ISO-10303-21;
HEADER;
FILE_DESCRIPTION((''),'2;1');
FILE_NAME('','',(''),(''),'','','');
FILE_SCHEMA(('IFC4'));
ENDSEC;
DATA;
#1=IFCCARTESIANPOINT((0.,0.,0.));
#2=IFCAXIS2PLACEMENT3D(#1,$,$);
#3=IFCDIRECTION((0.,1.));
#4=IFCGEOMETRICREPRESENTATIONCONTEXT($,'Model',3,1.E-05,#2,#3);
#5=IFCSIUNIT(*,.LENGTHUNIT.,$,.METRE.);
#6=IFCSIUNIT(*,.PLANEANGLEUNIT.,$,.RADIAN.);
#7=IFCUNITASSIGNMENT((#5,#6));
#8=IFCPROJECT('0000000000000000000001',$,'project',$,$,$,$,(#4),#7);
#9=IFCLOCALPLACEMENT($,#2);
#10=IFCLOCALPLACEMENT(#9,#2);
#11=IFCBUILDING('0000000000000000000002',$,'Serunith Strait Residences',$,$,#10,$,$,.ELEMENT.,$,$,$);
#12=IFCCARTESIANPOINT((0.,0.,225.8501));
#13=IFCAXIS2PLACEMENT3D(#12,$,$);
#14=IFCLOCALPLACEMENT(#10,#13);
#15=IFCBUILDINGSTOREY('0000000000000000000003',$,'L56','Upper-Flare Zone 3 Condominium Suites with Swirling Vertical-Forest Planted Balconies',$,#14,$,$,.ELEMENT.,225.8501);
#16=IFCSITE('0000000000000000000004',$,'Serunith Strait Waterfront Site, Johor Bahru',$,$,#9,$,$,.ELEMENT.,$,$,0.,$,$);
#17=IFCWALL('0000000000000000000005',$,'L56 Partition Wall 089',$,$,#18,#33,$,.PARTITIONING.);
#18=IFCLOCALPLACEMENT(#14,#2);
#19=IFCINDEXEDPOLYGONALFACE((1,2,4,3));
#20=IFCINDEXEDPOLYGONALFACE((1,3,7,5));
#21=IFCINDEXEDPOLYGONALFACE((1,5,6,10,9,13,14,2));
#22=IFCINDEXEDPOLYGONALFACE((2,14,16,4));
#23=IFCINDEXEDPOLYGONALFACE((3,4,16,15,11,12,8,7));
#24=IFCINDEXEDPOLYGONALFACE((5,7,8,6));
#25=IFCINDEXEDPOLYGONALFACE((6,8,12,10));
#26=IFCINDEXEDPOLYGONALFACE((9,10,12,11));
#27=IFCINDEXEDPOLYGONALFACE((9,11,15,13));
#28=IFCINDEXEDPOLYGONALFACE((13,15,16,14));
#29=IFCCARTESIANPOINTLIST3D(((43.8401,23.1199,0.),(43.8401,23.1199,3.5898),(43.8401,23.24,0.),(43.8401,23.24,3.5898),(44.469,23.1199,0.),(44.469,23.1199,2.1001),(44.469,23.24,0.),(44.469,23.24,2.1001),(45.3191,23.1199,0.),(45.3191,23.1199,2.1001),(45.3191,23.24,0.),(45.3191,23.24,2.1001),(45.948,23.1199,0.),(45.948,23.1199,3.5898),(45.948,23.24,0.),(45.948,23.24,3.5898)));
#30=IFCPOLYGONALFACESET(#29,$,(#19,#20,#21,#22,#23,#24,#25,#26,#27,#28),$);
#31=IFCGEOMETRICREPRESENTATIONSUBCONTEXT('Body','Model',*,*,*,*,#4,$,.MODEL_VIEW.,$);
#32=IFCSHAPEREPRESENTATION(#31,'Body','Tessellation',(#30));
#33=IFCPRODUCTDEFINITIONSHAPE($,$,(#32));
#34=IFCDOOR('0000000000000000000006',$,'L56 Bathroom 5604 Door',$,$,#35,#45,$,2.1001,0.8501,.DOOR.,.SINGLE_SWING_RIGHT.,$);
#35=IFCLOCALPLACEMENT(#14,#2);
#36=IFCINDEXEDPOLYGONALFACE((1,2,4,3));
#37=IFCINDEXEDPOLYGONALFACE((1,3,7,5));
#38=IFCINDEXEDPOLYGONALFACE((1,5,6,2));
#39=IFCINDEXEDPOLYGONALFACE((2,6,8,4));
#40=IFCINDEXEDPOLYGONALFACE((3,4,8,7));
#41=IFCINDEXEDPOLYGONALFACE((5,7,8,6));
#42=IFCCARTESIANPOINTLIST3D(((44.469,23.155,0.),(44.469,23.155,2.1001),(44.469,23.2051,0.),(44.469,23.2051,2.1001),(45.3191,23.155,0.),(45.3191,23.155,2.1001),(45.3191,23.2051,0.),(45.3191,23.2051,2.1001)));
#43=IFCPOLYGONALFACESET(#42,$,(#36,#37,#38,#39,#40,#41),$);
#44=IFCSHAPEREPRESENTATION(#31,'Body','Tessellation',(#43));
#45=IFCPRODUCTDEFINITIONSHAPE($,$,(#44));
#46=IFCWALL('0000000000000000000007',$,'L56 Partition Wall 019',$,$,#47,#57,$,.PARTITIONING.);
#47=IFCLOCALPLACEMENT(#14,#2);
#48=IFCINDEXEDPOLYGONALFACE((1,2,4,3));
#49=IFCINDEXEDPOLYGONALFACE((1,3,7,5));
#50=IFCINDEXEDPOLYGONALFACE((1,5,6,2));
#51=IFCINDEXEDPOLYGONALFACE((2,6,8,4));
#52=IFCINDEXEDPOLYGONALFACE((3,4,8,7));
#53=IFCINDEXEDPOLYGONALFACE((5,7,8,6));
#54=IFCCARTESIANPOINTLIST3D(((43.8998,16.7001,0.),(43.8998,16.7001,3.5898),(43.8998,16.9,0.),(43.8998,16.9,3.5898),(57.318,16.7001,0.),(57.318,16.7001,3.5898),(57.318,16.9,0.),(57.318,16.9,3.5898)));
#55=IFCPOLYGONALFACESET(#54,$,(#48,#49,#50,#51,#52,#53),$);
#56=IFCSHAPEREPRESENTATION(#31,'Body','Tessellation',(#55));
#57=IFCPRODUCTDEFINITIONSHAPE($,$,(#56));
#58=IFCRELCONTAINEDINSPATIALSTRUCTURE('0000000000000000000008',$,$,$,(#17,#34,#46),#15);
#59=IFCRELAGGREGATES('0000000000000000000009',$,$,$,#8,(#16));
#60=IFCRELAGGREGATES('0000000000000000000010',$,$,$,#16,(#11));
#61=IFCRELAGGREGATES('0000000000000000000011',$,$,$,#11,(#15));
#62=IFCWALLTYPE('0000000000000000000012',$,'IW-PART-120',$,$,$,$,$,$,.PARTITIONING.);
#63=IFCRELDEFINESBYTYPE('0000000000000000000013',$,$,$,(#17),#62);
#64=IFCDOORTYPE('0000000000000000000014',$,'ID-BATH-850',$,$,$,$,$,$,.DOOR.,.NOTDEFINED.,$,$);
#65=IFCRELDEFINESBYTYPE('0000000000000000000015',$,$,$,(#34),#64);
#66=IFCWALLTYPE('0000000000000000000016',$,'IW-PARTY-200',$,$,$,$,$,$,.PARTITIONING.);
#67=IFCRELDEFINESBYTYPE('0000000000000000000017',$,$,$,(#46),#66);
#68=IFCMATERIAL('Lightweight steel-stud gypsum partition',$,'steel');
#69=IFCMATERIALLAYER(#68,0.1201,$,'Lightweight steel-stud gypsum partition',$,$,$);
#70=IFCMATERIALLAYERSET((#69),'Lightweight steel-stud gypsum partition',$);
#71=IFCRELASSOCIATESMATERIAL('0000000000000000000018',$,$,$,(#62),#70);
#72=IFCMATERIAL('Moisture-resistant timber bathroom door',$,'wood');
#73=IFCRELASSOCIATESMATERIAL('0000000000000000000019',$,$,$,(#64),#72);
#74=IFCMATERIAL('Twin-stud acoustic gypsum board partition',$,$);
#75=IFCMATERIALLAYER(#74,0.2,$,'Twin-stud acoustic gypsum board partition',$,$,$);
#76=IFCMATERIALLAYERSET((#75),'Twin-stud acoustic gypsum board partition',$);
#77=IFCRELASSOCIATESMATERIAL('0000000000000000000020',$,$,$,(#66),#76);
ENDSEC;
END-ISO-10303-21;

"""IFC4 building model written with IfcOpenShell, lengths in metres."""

from ifc_helpers import new_model, si_unit, direction, frame, frame_2d, origin, place, context, subcontext, project, spatial, rectangle, extrude, source, transform, mapped, material, layer, layer_set, type_object, element, fill, save


model = new_model("IFC4")

# Units and contexts
model_context = context("Model", 3, precision=1e-05, world=origin(), true_north=direction((0.0, 1.0)))
body_context = subcontext(model_context, "Body", "Model", "MODEL_VIEW")
ifc_project = project(units=[si_unit("LENGTHUNIT", "METRE"), si_unit("PLANEANGLEUNIT", "RADIAN")], contexts=[model_context])

# Site, building, storey
site_placement = place(None, origin())
site = spatial("IfcSite", under=ifc_project, at=site_placement, Name="Serunith Strait Waterfront Site, Johor Bahru", CompositionType="ELEMENT", RefElevation=0.0)
building_placement = place(site_placement, origin())
building = spatial("IfcBuilding", under=site, at=building_placement, Name="Serunith Strait Residences", CompositionType="ELEMENT")
storey_placement = place(building_placement, frame((0.0, 0.0, 225.8501)))
storey = spatial("IfcBuildingStorey", under=building, at=storey_placement, Name="L56", Description="Upper-Flare Zone 3 Condominium Suites with Swirling Vertical-Forest Planted Balconies", CompositionType="ELEMENT", Elevation=225.8501)

# Shared definitions
ifc_material_1 = material(Name="Lightweight steel-stud gypsum partition", Category="steel")
ifc_layer_1 = layer(ifc_material_1, 0.1201, Name="Lightweight steel-stud gypsum partition")
ifc_layer_set_1 = layer_set([ifc_layer_1], Name="Lightweight steel-stud gypsum partition")
wall_type_1 = type_object("IfcWallType", Name="IW-PART-120", PredefinedType="PARTITIONING", material=ifc_layer_set_1)
shared_shape_1 = source(origin(), body_context, "Body", "SweptSolid", [
    extrude(rectangle(XDim=0.8501, YDim=2.1001, at=frame_2d((0.425, 1.05))), frame((0.0, 0.0249, 0.0), z_axis=(0.0, -1.0, 0.0), x_axis=(1.0, 0.0, 0.0)), (0.0, 0.0, 1.0), 0.05),
])

# Wall, opening, door
wall_1_placement = place(storey_placement, frame((45.948, 23.1799, 0.0), z_axis=(0.0, 0.0, 1.0), x_axis=(-1.0, 0.0, 0.0)))
wall_1 = element("IfcWall", 1, at=wall_1_placement, inside=storey, type_object=wall_type_1, Name="L56 Partition Wall 089", PredefinedType="PARTITIONING", context=body_context, shape_type="SweptSolid", body=[
    extrude(rectangle(XDim=2.1079, YDim=0.1201, at=frame_2d((1.054, 0.0))), origin(), (0.0, 0.0, 1.0), 3.5898),
])
opening_1_placement = place(wall_1_placement, frame((0.6289, 0.0, 0.0)))
opening_1 = element("IfcOpeningElement", 2, at=opening_1_placement, cuts=wall_1, PredefinedType="OPENING", context=body_context, shape_type="SweptSolid", body=[
    extrude(rectangle(XDim=0.8501, YDim=2.1001, at=frame_2d((0.425, 1.05))), frame((0.0, 0.0701, 0.0), z_axis=(0.0, -1.0, 0.0), x_axis=(1.0, 0.0, 0.0)), (0.0, 0.0, 1.0), 0.1401),
])
ifc_material_2 = material(Name="Moisture-resistant timber bathroom door", Category="wood")
door_type_1 = type_object("IfcDoorType", Name="ID-BATH-850", OperationType="NOTDEFINED", PredefinedType="DOOR", material=ifc_material_2)
door_1_placement = place(opening_1_placement, origin())
door_1 = element("IfcDoor", 3, at=door_1_placement, inside=storey, type_object=door_type_1, Name="L56 Bathroom 5604 Door", OperationType="SINGLE_SWING_RIGHT", OverallHeight=2.1001, OverallWidth=0.8501, PredefinedType="DOOR", context=body_context, shape_type="MappedRepresentation", body=[
    mapped(shared_shape_1, transform((0.0, 0.0, 0.0), scale=1.0)),
])
fill(opening_1, door_1)

# Wall
ifc_material_3 = material(Name="Twin-stud acoustic gypsum board partition")
ifc_layer_2 = layer(ifc_material_3, 0.2, Name="Twin-stud acoustic gypsum board partition")
ifc_layer_set_2 = layer_set([ifc_layer_2], Name="Twin-stud acoustic gypsum board partition")
wall_type_2 = type_object("IfcWallType", Name="IW-PARTY-200", PredefinedType="PARTITIONING", material=ifc_layer_set_2)
wall_2_placement = place(storey_placement, frame((43.8999, 16.8, 0.0), z_axis=(0.0, 0.0, 1.0), x_axis=(1.0, 0.0, 0.0)))
element("IfcWall", 4, at=wall_2_placement, inside=storey, type_object=wall_type_2, Name="L56 Partition Wall 019", PredefinedType="PARTITIONING", context=body_context, shape_type="SweptSolid", body=[
    extrude(rectangle(XDim=13.4182, YDim=0.2, at=frame_2d((6.709, 0.0))), origin(), (0.0, 0.0, 1.0), 3.5898),
])

save(model, "model.ifc")
